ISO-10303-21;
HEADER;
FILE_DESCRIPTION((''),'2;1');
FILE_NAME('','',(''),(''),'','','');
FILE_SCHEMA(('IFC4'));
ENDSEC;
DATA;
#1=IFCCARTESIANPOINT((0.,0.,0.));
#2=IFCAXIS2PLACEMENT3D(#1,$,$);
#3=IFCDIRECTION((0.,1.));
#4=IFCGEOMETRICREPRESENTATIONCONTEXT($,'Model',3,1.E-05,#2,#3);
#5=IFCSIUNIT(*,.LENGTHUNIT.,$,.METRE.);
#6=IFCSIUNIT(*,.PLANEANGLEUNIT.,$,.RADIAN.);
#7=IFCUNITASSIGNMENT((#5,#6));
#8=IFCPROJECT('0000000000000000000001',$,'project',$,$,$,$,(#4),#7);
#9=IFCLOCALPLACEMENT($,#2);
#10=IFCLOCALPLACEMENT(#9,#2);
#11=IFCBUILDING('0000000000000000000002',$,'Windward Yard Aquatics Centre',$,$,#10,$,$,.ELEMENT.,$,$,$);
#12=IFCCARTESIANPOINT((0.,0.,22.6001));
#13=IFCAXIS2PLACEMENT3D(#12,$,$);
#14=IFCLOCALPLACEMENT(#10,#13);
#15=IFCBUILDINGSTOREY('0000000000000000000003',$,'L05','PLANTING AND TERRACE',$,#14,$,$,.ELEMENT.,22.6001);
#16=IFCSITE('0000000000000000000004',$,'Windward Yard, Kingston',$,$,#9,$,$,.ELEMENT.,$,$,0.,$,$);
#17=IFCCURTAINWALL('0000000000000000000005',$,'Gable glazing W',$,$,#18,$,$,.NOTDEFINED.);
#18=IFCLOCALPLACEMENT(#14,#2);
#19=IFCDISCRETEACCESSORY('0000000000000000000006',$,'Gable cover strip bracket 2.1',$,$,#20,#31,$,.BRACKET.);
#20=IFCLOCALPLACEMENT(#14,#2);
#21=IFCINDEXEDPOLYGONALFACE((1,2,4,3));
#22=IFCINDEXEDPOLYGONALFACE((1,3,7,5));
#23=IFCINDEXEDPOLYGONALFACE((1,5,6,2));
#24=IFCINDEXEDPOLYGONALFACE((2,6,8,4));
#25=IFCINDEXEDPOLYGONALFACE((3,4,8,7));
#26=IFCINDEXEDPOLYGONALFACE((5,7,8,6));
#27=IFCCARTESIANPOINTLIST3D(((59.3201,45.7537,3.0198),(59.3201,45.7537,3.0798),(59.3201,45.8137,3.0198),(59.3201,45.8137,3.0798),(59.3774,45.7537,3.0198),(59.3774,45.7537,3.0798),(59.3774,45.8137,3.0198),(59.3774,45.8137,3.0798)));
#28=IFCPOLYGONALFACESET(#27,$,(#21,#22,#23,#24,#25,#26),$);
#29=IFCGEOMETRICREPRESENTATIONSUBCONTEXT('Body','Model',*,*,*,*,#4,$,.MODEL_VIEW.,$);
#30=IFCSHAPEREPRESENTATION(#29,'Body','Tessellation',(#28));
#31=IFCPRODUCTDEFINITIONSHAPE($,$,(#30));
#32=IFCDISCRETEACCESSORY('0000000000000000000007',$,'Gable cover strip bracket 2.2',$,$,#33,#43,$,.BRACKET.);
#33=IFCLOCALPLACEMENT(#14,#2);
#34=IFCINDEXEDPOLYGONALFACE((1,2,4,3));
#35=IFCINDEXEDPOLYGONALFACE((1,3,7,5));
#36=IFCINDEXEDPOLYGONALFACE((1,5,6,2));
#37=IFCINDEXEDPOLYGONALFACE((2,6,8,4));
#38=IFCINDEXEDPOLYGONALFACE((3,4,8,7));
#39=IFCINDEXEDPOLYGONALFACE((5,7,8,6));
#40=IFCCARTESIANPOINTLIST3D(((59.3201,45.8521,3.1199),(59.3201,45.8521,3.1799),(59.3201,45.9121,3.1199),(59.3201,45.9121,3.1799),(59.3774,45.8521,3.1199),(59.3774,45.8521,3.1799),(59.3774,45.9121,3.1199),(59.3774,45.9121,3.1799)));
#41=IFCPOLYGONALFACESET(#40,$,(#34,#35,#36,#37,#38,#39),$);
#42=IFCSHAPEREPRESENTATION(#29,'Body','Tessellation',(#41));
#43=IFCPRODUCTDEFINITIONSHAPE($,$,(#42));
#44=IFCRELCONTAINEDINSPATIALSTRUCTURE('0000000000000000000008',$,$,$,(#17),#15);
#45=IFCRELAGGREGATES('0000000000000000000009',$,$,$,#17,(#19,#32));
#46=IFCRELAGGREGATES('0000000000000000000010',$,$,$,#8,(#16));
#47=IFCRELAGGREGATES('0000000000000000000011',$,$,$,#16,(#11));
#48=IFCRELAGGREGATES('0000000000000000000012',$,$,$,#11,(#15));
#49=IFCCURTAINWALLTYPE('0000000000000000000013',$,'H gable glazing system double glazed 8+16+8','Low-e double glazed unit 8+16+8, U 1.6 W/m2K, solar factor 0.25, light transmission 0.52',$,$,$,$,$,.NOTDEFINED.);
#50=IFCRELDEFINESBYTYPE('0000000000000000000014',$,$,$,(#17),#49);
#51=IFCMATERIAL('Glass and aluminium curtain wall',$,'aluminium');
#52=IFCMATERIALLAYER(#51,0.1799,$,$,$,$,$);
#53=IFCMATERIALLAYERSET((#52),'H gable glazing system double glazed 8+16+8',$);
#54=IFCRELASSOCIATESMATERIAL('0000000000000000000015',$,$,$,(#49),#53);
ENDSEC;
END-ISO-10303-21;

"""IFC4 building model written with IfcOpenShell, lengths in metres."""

from ifc_helpers import new_model, si_unit, direction, frame, origin, origin_2d, place, context, subcontext, project, spatial, rectangle, extrude, material, layer, layer_set, type_object, element, aggregate, save


model = new_model("IFC4")

# Units and contexts
model_context = context("Model", 3, precision=1e-05, world=origin(), true_north=direction((0.0, 1.0)))
body_context = subcontext(model_context, "Body", "Model", "MODEL_VIEW")
ifc_project = project(units=[si_unit("LENGTHUNIT", "METRE"), si_unit("PLANEANGLEUNIT", "RADIAN")], contexts=[model_context])

# Site, building, storey
site_placement = place(None, origin())
site = spatial("IfcSite", under=ifc_project, at=site_placement, Name="Windward Yard, Kingston", CompositionType="ELEMENT", RefElevation=0.0)
building_placement = place(site_placement, origin())
building = spatial("IfcBuilding", under=site, at=building_placement, Name="Windward Yard Aquatics Centre", CompositionType="ELEMENT")
storey_placement = place(building_placement, frame((0.0, 0.0, 22.6001)))
storey = spatial("IfcBuildingStorey", under=building, at=storey_placement, Name="L05", Description="PLANTING AND TERRACE", CompositionType="ELEMENT", Elevation=22.6001)

# Curtain wall
ifc_material_1 = material(Name="Glass and aluminium curtain wall", Category="aluminium")
ifc_layer_1 = layer(ifc_material_1, 0.1799)
ifc_layer_set_1 = layer_set([ifc_layer_1], Name="H gable glazing system double glazed 8+16+8")
curtain_wall_type = type_object("IfcCurtainWallType", Name="H gable glazing system double glazed 8+16+8", Description="Low-e double glazed unit 8+16+8, U 1.6 W/m2K, solar factor 0.25, light transmission 0.52", PredefinedType="NOTDEFINED", material=ifc_layer_set_1)
curtain_wall_placement = place(storey_placement, origin())
curtain_wall = element("IfcCurtainWall", 1, at=curtain_wall_placement, inside=storey, type_object=curtain_wall_type, Name="Gable glazing W", PredefinedType="NOTDEFINED")

# Discrete accessories
discrete_accessory_1_placement = place(storey_placement, frame((59.3774, 45.7837, 3.0498), z_axis=(-1.0, 0.0, 0.0), x_axis=(0.0, -1.0, 0.0)))
discrete_accessory_1 = element("IfcDiscreteAccessory", 2, at=discrete_accessory_1_placement, Name="Gable cover strip bracket 2.1", PredefinedType="BRACKET", context=body_context, shape_type="SweptSolid", body=[
    extrude(rectangle(XDim=0.0601, YDim=0.0601, at=origin_2d()), origin(), (0.0, 0.0, 1.0), 0.0574),
])
discrete_accessory_2_placement = place(storey_placement, frame((59.3774, 45.8821, 3.1499), z_axis=(-1.0, 0.0, 0.0), x_axis=(0.0, -1.0, 0.0)))
discrete_accessory_2 = element("IfcDiscreteAccessory", 3, at=discrete_accessory_2_placement, Name="Gable cover strip bracket 2.2", PredefinedType="BRACKET", context=body_context, shape_type="SweptSolid", body=[
    extrude(rectangle(XDim=0.0601, YDim=0.0601, at=origin_2d()), origin(), (0.0, 0.0, 1.0), 0.0574),
])
aggregate(curtain_wall, [discrete_accessory_1, discrete_accessory_2])

save(model, "model.ifc")
